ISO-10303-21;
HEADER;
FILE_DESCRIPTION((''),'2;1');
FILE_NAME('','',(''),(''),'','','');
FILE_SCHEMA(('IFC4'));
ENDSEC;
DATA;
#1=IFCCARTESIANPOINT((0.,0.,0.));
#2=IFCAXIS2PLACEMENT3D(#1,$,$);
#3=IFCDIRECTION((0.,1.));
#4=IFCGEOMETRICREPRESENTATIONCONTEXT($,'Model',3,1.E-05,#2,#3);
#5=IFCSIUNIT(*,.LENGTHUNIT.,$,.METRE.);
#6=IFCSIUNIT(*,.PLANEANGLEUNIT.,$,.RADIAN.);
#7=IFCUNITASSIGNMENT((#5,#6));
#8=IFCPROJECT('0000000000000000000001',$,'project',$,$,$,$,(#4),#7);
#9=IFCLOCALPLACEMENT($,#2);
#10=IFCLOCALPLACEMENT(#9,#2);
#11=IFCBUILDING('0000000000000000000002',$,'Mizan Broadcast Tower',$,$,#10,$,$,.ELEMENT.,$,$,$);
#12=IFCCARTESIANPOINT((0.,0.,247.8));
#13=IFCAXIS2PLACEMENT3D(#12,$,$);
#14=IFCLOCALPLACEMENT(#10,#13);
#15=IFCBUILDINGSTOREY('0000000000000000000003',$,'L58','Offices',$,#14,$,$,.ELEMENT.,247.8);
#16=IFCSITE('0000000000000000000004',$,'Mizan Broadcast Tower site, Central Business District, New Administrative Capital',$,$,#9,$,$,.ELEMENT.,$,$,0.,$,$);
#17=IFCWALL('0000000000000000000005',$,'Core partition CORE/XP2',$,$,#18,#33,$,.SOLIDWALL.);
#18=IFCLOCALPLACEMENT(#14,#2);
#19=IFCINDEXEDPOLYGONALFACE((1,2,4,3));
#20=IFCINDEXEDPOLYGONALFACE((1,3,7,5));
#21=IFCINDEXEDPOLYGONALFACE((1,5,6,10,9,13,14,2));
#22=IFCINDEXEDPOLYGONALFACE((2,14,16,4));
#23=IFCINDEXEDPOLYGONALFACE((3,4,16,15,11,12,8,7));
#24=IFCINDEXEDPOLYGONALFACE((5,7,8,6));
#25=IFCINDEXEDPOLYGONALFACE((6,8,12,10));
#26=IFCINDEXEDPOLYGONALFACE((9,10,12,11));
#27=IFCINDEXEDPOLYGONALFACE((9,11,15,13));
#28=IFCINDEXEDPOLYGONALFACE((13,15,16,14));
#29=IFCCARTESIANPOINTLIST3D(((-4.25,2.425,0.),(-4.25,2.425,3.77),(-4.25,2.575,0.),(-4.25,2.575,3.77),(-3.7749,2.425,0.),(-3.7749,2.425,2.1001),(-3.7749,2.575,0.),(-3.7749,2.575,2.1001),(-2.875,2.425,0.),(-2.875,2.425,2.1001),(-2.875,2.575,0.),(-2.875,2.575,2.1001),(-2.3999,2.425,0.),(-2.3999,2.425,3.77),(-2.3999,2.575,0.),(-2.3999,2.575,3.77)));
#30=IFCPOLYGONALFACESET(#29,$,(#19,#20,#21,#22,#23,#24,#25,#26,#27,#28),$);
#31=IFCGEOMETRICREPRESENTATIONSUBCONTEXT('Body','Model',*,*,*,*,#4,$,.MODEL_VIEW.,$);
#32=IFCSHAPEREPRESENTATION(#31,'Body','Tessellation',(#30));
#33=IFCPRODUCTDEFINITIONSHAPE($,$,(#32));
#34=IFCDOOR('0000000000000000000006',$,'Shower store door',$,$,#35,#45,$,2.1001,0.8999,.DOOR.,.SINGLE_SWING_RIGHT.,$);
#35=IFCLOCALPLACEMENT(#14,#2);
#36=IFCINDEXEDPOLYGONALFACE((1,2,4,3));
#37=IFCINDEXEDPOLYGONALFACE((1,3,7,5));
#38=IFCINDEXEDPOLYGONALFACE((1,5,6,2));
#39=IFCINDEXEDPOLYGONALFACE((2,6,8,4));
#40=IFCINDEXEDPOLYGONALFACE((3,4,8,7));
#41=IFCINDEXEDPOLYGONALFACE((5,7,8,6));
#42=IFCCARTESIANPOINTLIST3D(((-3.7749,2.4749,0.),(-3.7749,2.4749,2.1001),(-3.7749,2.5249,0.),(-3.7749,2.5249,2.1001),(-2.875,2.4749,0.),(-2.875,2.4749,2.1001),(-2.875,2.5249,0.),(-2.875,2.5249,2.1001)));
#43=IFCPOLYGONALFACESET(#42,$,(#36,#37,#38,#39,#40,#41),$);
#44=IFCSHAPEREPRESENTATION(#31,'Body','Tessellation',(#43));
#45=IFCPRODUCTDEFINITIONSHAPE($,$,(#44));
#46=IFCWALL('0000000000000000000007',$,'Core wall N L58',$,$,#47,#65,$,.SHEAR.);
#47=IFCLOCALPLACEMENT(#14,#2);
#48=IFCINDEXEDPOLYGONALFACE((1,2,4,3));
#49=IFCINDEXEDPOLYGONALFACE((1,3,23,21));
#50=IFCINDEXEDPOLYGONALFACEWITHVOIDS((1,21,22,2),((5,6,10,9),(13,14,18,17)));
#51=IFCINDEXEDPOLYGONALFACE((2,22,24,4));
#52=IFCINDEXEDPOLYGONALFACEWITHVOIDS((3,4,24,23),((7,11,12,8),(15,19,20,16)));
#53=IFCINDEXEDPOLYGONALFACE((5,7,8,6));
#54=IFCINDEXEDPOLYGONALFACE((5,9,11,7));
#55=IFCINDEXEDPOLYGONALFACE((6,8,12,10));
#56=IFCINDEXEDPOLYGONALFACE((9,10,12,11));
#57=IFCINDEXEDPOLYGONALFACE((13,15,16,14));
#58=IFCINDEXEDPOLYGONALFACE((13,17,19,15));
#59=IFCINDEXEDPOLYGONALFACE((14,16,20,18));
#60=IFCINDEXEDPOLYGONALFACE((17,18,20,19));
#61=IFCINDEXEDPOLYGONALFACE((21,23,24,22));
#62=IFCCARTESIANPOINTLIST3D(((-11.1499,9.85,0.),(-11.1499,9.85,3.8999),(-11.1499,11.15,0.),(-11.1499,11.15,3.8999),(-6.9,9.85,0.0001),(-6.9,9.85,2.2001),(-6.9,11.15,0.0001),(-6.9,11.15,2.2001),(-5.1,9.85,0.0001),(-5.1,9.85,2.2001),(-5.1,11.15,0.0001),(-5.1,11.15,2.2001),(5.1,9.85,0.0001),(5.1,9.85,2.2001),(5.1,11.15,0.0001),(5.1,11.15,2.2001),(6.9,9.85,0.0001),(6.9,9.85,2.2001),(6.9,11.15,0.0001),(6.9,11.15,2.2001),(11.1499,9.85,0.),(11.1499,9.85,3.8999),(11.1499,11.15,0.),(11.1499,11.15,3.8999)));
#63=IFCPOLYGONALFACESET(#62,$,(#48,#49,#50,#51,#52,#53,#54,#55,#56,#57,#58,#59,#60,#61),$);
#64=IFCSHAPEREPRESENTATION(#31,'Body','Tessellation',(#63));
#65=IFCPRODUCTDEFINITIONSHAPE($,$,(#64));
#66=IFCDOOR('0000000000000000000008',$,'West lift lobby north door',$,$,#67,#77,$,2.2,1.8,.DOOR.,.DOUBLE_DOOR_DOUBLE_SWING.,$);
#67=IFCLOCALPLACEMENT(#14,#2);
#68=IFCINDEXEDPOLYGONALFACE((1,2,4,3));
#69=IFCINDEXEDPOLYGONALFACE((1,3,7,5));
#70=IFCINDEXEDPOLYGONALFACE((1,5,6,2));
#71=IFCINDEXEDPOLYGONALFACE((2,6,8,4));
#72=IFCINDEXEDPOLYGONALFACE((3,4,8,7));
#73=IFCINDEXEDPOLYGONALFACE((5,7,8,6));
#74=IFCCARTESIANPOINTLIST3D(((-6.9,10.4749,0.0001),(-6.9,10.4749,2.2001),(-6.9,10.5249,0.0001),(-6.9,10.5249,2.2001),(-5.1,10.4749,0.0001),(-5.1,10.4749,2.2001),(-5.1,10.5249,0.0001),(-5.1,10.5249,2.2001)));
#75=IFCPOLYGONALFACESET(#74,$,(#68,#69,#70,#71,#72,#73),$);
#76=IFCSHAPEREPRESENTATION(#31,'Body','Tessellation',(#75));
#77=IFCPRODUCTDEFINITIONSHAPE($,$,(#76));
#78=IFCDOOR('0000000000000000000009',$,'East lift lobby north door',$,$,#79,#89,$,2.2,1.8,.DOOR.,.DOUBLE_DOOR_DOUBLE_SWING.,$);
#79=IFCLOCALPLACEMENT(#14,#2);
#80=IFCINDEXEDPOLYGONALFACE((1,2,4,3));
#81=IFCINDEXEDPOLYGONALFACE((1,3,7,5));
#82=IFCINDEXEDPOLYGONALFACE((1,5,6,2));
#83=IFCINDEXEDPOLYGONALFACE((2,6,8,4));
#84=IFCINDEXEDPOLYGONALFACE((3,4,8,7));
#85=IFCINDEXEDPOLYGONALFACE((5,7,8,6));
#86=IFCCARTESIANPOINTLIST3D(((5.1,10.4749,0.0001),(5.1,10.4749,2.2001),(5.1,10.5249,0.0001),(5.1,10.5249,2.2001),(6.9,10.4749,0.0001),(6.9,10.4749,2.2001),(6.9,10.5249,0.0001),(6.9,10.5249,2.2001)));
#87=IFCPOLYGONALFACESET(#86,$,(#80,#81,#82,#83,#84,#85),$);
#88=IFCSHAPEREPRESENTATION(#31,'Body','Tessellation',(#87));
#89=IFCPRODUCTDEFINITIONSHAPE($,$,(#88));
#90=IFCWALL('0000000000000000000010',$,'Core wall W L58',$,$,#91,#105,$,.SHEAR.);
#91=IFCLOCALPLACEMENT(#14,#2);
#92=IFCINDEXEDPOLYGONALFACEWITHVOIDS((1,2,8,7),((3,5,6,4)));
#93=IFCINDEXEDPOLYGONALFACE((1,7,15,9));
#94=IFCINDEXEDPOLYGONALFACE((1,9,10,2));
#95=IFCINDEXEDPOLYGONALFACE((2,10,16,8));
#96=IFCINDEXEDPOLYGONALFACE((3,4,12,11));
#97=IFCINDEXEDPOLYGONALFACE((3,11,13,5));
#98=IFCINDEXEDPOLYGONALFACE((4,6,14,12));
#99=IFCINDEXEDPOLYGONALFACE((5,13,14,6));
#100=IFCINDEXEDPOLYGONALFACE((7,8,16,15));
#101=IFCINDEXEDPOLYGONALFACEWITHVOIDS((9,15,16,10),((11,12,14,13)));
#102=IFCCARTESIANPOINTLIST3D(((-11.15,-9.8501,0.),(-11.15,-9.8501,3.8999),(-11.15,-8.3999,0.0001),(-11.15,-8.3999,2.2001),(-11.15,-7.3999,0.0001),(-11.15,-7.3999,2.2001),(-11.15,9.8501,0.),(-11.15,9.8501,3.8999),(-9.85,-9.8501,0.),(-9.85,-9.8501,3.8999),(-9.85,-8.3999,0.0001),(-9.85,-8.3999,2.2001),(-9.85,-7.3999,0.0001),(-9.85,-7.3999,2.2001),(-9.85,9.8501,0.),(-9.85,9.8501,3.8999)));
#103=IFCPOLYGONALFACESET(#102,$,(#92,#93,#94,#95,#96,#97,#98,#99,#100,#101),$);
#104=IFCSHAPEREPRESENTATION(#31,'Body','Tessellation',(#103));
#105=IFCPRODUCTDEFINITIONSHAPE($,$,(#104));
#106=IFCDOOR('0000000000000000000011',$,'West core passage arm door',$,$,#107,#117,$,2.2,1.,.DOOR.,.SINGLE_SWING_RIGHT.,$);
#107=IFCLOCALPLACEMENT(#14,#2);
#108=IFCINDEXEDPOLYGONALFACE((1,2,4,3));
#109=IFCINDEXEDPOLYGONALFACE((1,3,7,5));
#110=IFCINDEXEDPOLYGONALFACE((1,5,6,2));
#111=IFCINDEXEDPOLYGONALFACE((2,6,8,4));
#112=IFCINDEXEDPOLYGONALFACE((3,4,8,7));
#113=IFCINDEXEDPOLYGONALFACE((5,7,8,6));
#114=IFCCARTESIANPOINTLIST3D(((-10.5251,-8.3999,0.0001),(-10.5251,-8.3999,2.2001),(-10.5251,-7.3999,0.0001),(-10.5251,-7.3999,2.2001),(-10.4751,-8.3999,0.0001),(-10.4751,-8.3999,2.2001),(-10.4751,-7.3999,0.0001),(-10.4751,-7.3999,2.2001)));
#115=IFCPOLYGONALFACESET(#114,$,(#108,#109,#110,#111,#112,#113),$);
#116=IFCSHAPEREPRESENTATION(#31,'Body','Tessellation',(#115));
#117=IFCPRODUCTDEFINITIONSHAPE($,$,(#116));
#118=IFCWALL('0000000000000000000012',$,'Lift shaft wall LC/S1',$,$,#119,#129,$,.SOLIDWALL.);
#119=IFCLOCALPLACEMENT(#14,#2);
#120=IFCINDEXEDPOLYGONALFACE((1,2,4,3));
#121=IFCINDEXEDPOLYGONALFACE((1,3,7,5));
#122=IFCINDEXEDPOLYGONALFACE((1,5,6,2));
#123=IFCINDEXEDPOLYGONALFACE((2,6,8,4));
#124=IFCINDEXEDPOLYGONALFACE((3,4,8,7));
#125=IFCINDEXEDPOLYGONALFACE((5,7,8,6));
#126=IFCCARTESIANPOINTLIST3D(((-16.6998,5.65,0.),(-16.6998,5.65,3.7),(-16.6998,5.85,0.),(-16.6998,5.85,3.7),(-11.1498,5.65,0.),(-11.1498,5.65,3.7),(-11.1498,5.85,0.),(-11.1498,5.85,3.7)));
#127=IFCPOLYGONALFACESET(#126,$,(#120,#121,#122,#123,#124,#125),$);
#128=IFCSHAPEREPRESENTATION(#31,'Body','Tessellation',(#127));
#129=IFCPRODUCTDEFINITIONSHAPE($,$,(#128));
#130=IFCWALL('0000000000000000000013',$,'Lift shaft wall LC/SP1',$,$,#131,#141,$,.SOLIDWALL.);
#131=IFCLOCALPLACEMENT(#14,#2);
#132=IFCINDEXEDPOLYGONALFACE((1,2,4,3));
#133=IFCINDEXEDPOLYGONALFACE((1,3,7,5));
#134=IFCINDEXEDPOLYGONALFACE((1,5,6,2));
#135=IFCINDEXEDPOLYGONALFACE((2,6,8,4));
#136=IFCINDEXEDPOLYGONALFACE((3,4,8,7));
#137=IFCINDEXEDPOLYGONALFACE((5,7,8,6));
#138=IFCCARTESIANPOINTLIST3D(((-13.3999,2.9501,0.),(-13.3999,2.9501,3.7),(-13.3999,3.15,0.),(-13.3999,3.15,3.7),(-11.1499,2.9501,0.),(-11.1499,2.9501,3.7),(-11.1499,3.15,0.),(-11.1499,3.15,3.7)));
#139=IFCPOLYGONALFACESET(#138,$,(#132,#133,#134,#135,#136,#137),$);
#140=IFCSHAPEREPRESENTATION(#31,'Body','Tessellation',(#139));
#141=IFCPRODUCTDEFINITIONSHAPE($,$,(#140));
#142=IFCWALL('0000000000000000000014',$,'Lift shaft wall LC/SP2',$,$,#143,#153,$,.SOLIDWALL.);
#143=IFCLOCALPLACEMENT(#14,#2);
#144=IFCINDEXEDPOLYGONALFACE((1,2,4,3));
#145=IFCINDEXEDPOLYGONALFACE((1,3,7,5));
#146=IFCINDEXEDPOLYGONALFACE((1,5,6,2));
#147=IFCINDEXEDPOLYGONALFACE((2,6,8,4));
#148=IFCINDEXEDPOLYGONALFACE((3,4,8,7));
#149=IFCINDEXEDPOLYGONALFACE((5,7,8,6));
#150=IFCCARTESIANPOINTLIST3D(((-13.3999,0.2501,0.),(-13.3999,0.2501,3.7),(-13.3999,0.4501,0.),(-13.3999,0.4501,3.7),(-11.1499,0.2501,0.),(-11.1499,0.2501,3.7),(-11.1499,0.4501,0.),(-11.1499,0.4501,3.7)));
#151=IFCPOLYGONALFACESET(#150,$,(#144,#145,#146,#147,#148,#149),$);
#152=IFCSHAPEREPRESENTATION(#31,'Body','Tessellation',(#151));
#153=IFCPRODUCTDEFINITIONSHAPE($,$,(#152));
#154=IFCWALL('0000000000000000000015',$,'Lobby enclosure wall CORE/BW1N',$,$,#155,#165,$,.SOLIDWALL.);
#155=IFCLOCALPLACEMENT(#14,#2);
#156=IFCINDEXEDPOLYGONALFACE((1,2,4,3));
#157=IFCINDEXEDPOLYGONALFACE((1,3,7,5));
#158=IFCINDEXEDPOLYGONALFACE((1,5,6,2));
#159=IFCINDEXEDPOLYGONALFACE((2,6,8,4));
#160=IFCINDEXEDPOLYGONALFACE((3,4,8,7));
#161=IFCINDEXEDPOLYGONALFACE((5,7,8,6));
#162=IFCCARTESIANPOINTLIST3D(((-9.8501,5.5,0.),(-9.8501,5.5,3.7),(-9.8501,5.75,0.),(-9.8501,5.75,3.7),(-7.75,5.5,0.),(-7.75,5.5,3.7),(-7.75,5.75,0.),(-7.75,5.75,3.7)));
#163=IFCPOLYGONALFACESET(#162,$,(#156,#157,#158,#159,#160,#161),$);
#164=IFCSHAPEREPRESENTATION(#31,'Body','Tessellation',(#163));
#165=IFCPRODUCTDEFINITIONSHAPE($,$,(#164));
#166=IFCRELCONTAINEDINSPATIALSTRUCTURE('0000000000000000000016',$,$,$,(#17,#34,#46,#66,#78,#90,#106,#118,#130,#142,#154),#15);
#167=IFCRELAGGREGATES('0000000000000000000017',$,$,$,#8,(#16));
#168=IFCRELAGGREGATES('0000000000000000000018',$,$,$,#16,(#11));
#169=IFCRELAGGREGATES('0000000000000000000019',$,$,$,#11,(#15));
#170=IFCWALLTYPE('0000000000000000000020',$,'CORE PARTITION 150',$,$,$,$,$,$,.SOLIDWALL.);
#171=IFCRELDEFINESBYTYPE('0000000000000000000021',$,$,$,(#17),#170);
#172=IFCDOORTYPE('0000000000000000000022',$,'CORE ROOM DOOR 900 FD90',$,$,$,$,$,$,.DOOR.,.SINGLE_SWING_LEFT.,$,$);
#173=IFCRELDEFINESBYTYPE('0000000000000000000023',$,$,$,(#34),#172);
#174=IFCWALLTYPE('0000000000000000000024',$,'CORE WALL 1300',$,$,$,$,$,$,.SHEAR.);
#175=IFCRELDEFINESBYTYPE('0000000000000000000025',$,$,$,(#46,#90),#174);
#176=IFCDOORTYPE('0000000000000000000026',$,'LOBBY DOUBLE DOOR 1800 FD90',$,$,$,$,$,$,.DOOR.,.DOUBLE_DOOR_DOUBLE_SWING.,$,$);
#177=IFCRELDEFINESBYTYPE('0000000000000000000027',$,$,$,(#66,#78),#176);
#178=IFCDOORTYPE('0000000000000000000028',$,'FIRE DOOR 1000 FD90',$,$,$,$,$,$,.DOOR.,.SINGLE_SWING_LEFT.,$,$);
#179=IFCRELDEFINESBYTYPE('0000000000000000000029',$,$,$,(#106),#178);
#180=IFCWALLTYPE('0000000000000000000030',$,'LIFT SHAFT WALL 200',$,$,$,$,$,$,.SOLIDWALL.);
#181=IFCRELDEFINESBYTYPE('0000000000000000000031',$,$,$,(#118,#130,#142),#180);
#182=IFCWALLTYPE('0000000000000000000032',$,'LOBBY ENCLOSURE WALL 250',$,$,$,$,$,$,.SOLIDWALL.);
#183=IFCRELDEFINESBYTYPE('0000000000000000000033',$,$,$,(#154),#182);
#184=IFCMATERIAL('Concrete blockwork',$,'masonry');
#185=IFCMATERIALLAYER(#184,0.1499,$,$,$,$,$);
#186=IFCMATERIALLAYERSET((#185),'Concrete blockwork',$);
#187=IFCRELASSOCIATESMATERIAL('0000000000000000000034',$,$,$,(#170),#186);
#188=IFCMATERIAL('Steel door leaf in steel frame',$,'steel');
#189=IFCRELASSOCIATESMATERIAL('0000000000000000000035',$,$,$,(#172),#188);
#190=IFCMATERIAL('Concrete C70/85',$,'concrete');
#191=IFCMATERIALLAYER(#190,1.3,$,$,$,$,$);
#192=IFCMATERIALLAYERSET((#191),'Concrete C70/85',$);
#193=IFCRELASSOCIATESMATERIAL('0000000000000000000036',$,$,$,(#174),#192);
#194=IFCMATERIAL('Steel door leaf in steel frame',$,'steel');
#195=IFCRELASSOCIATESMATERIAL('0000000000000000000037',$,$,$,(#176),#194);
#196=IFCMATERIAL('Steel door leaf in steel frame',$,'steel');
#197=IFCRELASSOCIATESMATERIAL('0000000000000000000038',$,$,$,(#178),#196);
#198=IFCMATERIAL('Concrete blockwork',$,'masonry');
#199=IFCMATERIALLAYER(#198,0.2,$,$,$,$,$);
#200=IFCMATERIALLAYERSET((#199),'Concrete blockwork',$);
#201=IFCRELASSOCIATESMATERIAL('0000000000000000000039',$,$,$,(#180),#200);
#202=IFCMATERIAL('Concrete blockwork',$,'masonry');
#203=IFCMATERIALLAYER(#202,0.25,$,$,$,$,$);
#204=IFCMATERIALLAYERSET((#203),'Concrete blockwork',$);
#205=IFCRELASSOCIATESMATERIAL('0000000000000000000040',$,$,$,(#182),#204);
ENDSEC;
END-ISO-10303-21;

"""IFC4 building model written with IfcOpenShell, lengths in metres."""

from ifc_helpers import new_model, si_unit, direction, frame, frame_2d, origin, place, context, subcontext, project, spatial, rectangle, extrude, material, layer, layer_set, type_object, element, fill, save


model = new_model("IFC4")

# Units and contexts
model_context = context("Model", 3, precision=1e-05, world=origin(), true_north=direction((0.0, 1.0)))
body_context = subcontext(model_context, "Body", "Model", "MODEL_VIEW")
ifc_project = project(units=[si_unit("LENGTHUNIT", "METRE"), si_unit("PLANEANGLEUNIT", "RADIAN")], contexts=[model_context])

# Site, building, storey
site_placement = place(None, origin())
site = spatial("IfcSite", under=ifc_project, at=site_placement, Name="Mizan Broadcast Tower site, Central Business District, New Administrative Capital", CompositionType="ELEMENT", RefElevation=0.0)
building_placement = place(site_placement, origin())
building = spatial("IfcBuilding", under=site, at=building_placement, Name="Mizan Broadcast Tower", CompositionType="ELEMENT")
storey_placement = place(building_placement, frame((0.0, 0.0, 247.8)))
storey = spatial("IfcBuildingStorey", under=building, at=storey_placement, Name="L58", Description="Offices", CompositionType="ELEMENT", Elevation=247.8)

# Wall, opening, door
ifc_material_1 = material(Name="Concrete blockwork", Category="masonry")
ifc_layer_1 = layer(ifc_material_1, 0.1499)
ifc_layer_set_1 = layer_set([ifc_layer_1], Name="Concrete blockwork")
wall_type_1 = type_object("IfcWallType", Name="CORE PARTITION 150", PredefinedType="SOLIDWALL", material=ifc_layer_set_1)
wall_1_placement = place(storey_placement, frame((-4.25, 2.5, 0.0), z_axis=(0.0, 0.0, 1.0), x_axis=(1.0, 0.0, 0.0)))
wall_1 = element("IfcWall", 1, at=wall_1_placement, inside=storey, type_object=wall_type_1, Name="Core partition CORE/XP2", PredefinedType="SOLIDWALL", context=body_context, shape_type="SweptSolid", body=[
    extrude(rectangle(XDim=1.8501, YDim=0.1499, at=frame_2d((0.925, 0.0))), origin(), (0.0, 0.0, 1.0), 3.77),
])
opening_1_placement = place(wall_1_placement, frame((0.4751, 0.0, 0.0)))
opening_1 = element("IfcOpeningElement", 2, at=opening_1_placement, cuts=wall_1, PredefinedType="OPENING", context=body_context, shape_type="SweptSolid", body=[
    extrude(rectangle(XDim=0.8999, YDim=2.1001, at=frame_2d((0.45, 1.05))), frame((0.0, 0.085, 0.0), z_axis=(0.0, -1.0, 0.0), x_axis=(1.0, 0.0, 0.0)), (0.0, 0.0, 1.0), 0.1699),
])
ifc_material_2 = material(Name="Steel door leaf in steel frame", Category="steel")
door_type_1 = type_object("IfcDoorType", Name="CORE ROOM DOOR 900 FD90", OperationType="SINGLE_SWING_LEFT", PredefinedType="DOOR", material=ifc_material_2)
door_1_placement = place(opening_1_placement, origin())
door_1 = element("IfcDoor", 3, at=door_1_placement, inside=storey, type_object=door_type_1, Name="Shower store door", OperationType="SINGLE_SWING_RIGHT", OverallHeight=2.1001, OverallWidth=0.8999, PredefinedType="DOOR", context=body_context, shape_type="SweptSolid", body=[
    extrude(rectangle(XDim=0.8999, YDim=2.1001, at=frame_2d((0.45, 1.05))), frame((0.0, 0.0249, 0.0), z_axis=(0.0, -1.0, 0.0), x_axis=(1.0, 0.0, 0.0)), (0.0, 0.0, 1.0), 0.05),
])
fill(opening_1, door_1)

# Wall, openings, doors
ifc_material_3 = material(Name="Concrete C70/85", Category="concrete")
ifc_layer_2 = layer(ifc_material_3, 1.3)
ifc_layer_set_2 = layer_set([ifc_layer_2], Name="Concrete C70/85")
wall_type_2 = type_object("IfcWallType", Name="CORE WALL 1300", PredefinedType="SHEAR", material=ifc_layer_set_2)
wall_2_placement = place(storey_placement, frame((-11.1499, 10.5, 0.0), z_axis=(0.0, 0.0, 1.0), x_axis=(1.0, 0.0, 0.0)))
wall_2 = element("IfcWall", 4, at=wall_2_placement, inside=storey, type_object=wall_type_2, Name="Core wall N L58", PredefinedType="SHEAR", context=body_context, shape_type="SweptSolid", body=[
    extrude(rectangle(XDim=22.2998, YDim=1.3, at=frame_2d((11.1499, 0.0))), origin(), (0.0, 0.0, 1.0), 3.8999),
])
opening_2_placement = place(wall_2_placement, frame((4.25, 0.0, 0.0)))
opening_2 = element("IfcOpeningElement", 5, at=opening_2_placement, cuts=wall_2, PredefinedType="OPENING", context=body_context, shape_type="SweptSolid", body=[
    extrude(rectangle(XDim=1.8, YDim=2.2, at=frame_2d((0.8999, 1.1001))), frame((0.0, 0.6599, 0.0), z_axis=(0.0, -1.0, 0.0), x_axis=(1.0, 0.0, 0.0)), (0.0, 0.0, 1.0), 1.3201),
])
opening_3_placement = place(wall_2_placement, frame((16.25, 0.0, 0.0)))
opening_3 = element("IfcOpeningElement", 6, at=opening_3_placement, cuts=wall_2, PredefinedType="OPENING", context=body_context, shape_type="SweptSolid", body=[
    extrude(rectangle(XDim=1.8, YDim=2.2, at=frame_2d((0.8999, 1.1001))), frame((0.0, 0.6599, 0.0), z_axis=(0.0, -1.0, 0.0), x_axis=(1.0, 0.0, 0.0)), (0.0, 0.0, 1.0), 1.3201),
])
ifc_material_4 = material(Name="Steel door leaf in steel frame", Category="steel")
door_type_2 = type_object("IfcDoorType", Name="LOBBY DOUBLE DOOR 1800 FD90", OperationType="DOUBLE_DOOR_DOUBLE_SWING", PredefinedType="DOOR", material=ifc_material_4)
door_2_placement = place(opening_2_placement, origin())
door_2 = element("IfcDoor", 7, at=door_2_placement, inside=storey, type_object=door_type_2, Name="West lift lobby north door", OperationType="DOUBLE_DOOR_DOUBLE_SWING", OverallHeight=2.2, OverallWidth=1.8, PredefinedType="DOOR", context=body_context, shape_type="SweptSolid", body=[
    extrude(rectangle(XDim=1.8, YDim=2.2, at=frame_2d((0.8999, 1.1001))), frame((0.0, 0.0249, 0.0), z_axis=(0.0, -1.0, 0.0), x_axis=(1.0, 0.0, 0.0)), (0.0, 0.0, 1.0), 0.05),
])
fill(opening_2, door_2)
door_3_placement = place(opening_3_placement, origin())
door_3 = element("IfcDoor", 8, at=door_3_placement, inside=storey, type_object=door_type_2, Name="East lift lobby north door", OperationType="DOUBLE_DOOR_DOUBLE_SWING", OverallHeight=2.2, OverallWidth=1.8, PredefinedType="DOOR", context=body_context, shape_type="SweptSolid", body=[
    extrude(rectangle(XDim=1.8, YDim=2.2, at=frame_2d((0.8999, 1.1001))), frame((0.0, 0.0249, 0.0), z_axis=(0.0, -1.0, 0.0), x_axis=(1.0, 0.0, 0.0)), (0.0, 0.0, 1.0), 0.05),
])
fill(opening_3, door_3)

# Wall, opening, door
wall_3_placement = place(storey_placement, frame((-10.5, 9.8501, 0.0), z_axis=(0.0, 0.0, 1.0), x_axis=(0.0, -1.0, 0.0)))
wall_3 = element("IfcWall", 9, at=wall_3_placement, inside=storey, type_object=wall_type_2, Name="Core wall W L58", PredefinedType="SHEAR", context=body_context, shape_type="SweptSolid", body=[
    extrude(rectangle(XDim=19.7002, YDim=1.3, at=frame_2d((9.8501, 0.0))), origin(), (0.0, 0.0, 1.0), 3.8999),
])
opening_4_placement = place(wall_3_placement, frame((17.25, 0.0, 0.0)))
opening_4 = element("IfcOpeningElement", 10, at=opening_4_placement, cuts=wall_3, PredefinedType="OPENING", context=body_context, shape_type="SweptSolid", body=[
    extrude(rectangle(XDim=1.0, YDim=2.2, at=frame_2d((0.5, 1.1001))), frame((0.0, 0.6599, 0.0), z_axis=(0.0, -1.0, 0.0), x_axis=(1.0, 0.0, 0.0)), (0.0, 0.0, 1.0), 1.3201),
])
ifc_material_5 = material(Name="Steel door leaf in steel frame", Category="steel")
door_type_3 = type_object("IfcDoorType", Name="FIRE DOOR 1000 FD90", OperationType="SINGLE_SWING_LEFT", PredefinedType="DOOR", material=ifc_material_5)
door_4_placement = place(opening_4_placement, origin())
door_4 = element("IfcDoor", 11, at=door_4_placement, inside=storey, type_object=door_type_3, Name="West core passage arm door", OperationType="SINGLE_SWING_RIGHT", OverallHeight=2.2, OverallWidth=1.0, PredefinedType="DOOR", context=body_context, shape_type="SweptSolid", body=[
    extrude(rectangle(XDim=1.0, YDim=2.2, at=frame_2d((0.5, 1.1001))), frame((0.0, 0.0249, 0.0), z_axis=(0.0, -1.0, 0.0), x_axis=(1.0, 0.0, 0.0)), (0.0, 0.0, 1.0), 0.05),
])
fill(opening_4, door_4)

# Walls
ifc_material_6 = material(Name="Concrete blockwork", Category="masonry")
ifc_layer_3 = layer(ifc_material_6, 0.2)
ifc_layer_set_3 = layer_set([ifc_layer_3], Name="Concrete blockwork")
wall_type_3 = type_object("IfcWallType", Name="LIFT SHAFT WALL 200", PredefinedType="SOLIDWALL", material=ifc_layer_set_3)
wall_4_placement = place(storey_placement, frame((-11.1499, 5.75, 0.0), z_axis=(0.0, 0.0, 1.0), x_axis=(-1.0, 0.0, 0.0)))
element("IfcWall", 12, at=wall_4_placement, inside=storey, type_object=wall_type_3, Name="Lift shaft wall LC/S1", PredefinedType="SOLIDWALL", context=body_context, shape_type="SweptSolid", body=[
    extrude(rectangle(XDim=5.55, YDim=0.2, at=frame_2d((2.7749, 0.0))), origin(), (0.0, 0.0, 1.0), 3.7),
])
for number, where, z_axis, x_axis, name in (
    (13, (-11.1499, 3.05, 0.0), (0.0, 0.0, 1.0), (-1.0, 0.0, 0.0), "Lift shaft wall LC/SP1"),
    (14, (-11.1499, 0.3501, 0.0), (0.0, 0.0, 1.0), (-1.0, 0.0, 0.0), "Lift shaft wall LC/SP2"),
):
    element("IfcWall", number, at=place(storey_placement, frame(where, z_axis=z_axis, x_axis=x_axis)), inside=storey, type_object=wall_type_3, Name=name, PredefinedType="SOLIDWALL", context=body_context, shape_type="SweptSolid", body=[
        extrude(rectangle(XDim=2.25, YDim=0.2, at=frame_2d((1.125, 0.0))), origin(), (0.0, 0.0, 1.0), 3.7),
    ])
ifc_material_7 = material(Name="Concrete blockwork", Category="masonry")
ifc_layer_4 = layer(ifc_material_7, 0.25)
ifc_layer_set_4 = layer_set([ifc_layer_4], Name="Concrete blockwork")
wall_type_4 = type_object("IfcWallType", Name="LOBBY ENCLOSURE WALL 250", PredefinedType="SOLIDWALL", material=ifc_layer_set_4)
wall_5_placement = place(storey_placement, frame((-9.8501, 5.625, 0.0), z_axis=(0.0, 0.0, 1.0), x_axis=(1.0, 0.0, 0.0)))
element("IfcWall", 15, at=wall_5_placement, inside=storey, type_object=wall_type_4, Name="Lobby enclosure wall CORE/BW1N", PredefinedType="SOLIDWALL", context=body_context, shape_type="SweptSolid", body=[
    extrude(rectangle(XDim=2.1001, YDim=0.25, at=frame_2d((1.05, 0.0))), origin(), (0.0, 0.0, 1.0), 3.7),
])

save(model, "model.ifc")
